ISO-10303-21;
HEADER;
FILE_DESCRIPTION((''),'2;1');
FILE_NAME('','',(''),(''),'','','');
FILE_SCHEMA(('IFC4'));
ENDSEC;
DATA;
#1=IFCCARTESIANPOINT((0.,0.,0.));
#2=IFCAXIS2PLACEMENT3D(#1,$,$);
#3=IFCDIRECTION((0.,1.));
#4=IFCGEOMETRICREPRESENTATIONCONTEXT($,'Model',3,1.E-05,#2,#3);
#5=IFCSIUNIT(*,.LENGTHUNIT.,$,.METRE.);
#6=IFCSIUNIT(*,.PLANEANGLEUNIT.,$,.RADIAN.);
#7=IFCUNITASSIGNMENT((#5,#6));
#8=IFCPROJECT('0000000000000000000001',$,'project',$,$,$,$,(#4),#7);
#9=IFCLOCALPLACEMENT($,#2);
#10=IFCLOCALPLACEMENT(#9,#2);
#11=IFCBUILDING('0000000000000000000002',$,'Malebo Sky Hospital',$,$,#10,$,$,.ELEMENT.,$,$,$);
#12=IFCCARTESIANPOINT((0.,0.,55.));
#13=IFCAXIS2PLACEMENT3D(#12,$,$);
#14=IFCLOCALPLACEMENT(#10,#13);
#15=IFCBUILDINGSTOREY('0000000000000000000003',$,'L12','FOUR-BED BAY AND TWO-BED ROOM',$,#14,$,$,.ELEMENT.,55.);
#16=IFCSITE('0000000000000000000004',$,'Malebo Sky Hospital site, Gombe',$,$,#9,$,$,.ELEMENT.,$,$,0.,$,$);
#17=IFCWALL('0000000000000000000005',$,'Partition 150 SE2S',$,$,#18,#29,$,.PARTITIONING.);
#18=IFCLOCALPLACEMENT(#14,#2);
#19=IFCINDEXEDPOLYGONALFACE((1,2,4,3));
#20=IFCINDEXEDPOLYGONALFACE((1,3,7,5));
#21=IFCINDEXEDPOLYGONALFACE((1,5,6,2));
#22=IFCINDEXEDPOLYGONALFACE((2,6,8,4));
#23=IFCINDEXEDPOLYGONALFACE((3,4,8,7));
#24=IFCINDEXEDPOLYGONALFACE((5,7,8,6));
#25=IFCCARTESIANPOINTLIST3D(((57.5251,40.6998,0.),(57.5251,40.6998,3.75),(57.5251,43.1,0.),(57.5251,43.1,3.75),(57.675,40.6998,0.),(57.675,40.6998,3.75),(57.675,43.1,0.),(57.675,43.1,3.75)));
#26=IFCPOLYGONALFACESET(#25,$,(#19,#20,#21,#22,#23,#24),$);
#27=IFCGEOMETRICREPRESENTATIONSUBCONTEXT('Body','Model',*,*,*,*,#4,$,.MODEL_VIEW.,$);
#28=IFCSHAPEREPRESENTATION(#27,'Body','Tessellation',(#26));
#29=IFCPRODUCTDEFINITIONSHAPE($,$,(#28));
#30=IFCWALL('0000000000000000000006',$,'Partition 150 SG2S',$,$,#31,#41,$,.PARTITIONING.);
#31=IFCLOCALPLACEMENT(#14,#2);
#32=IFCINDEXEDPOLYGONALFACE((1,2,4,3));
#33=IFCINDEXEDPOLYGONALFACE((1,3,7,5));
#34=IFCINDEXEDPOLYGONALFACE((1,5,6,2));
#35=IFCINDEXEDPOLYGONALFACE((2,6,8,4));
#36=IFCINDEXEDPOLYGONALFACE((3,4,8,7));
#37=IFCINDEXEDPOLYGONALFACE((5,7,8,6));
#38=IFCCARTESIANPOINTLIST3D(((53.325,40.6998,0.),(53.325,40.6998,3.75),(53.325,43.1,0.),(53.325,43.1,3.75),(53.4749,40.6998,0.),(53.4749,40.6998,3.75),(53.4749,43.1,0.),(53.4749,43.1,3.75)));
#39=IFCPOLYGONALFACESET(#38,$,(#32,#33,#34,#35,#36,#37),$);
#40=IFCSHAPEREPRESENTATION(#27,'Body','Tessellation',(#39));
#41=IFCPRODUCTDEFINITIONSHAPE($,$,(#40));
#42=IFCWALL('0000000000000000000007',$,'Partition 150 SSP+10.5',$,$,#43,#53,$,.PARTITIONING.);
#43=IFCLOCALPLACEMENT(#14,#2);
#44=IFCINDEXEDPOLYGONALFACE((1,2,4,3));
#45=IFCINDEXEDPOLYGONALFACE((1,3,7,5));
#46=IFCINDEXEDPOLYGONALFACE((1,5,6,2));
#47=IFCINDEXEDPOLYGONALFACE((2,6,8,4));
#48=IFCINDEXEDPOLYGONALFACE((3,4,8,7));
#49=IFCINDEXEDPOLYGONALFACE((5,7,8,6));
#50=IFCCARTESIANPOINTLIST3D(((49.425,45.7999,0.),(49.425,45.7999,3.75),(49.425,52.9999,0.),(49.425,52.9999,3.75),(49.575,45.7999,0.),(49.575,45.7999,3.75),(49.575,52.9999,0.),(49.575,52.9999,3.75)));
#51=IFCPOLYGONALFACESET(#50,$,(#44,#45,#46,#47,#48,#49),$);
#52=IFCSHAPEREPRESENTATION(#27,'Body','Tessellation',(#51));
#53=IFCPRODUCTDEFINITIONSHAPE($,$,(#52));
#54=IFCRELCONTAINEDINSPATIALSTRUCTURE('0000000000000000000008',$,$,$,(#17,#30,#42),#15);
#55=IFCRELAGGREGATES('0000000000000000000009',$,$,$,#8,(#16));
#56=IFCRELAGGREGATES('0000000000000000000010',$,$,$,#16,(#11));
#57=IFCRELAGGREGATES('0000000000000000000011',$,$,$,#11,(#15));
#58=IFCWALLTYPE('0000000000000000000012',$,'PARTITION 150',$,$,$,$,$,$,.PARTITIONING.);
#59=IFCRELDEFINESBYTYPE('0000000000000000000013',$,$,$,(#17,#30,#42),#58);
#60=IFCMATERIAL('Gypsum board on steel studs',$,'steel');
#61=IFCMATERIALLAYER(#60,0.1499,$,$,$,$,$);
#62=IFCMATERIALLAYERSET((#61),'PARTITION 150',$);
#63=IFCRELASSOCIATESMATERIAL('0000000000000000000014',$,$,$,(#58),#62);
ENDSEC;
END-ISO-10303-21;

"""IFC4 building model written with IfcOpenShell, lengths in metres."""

from ifc_helpers import new_model, si_unit, direction, frame, frame_2d, origin, place, context, subcontext, project, spatial, rectangle, extrude, material, layer, layer_set, type_object, element, save


model = new_model("IFC4")

# Units and contexts
model_context = context("Model", 3, precision=1e-05, world=origin(), true_north=direction((0.0, 1.0)))
body_context = subcontext(model_context, "Body", "Model", "MODEL_VIEW")
ifc_project = project(units=[si_unit("LENGTHUNIT", "METRE"), si_unit("PLANEANGLEUNIT", "RADIAN")], contexts=[model_context])

# Site, building, storey
site_placement = place(None, origin())
site = spatial("IfcSite", under=ifc_project, at=site_placement, Name="Malebo Sky Hospital site, Gombe", CompositionType="ELEMENT", RefElevation=0.0)
building_placement = place(site_placement, origin())
building = spatial("IfcBuilding", under=site, at=building_placement, Name="Malebo Sky Hospital", CompositionType="ELEMENT")
storey_placement = place(building_placement, frame((0.0, 0.0, 55.0)))
storey = spatial("IfcBuildingStorey", under=building, at=storey_placement, Name="L12", Description="FOUR-BED BAY AND TWO-BED ROOM", CompositionType="ELEMENT", Elevation=55.0)

# Shared definitions
ifc_material_1 = material(Name="Gypsum board on steel studs", Category="steel")

# Walls
ifc_layer_1 = layer(ifc_material_1, 0.1499)
ifc_layer_set_1 = layer_set([ifc_layer_1], Name="PARTITION 150")
wall_type_1 = type_object("IfcWallType", Name="PARTITION 150", PredefinedType="PARTITIONING", material=ifc_layer_set_1)
for number, where, z_axis, x_axis, name in (
    (1, (57.6001, 43.1001, 0.0), (0.0, 0.0, 1.0), (0.0, -1.0, 0.0), "Partition 150 SE2S"),
    (2, (53.3999, 43.1001, 0.0), (0.0, 0.0, 1.0), (0.0, -1.0, 0.0), "Partition 150 SG2S"),
):
    element("IfcWall", number, at=place(storey_placement, frame(where, z_axis=z_axis, x_axis=x_axis)), inside=storey, type_object=wall_type_1, Name=name, PredefinedType="PARTITIONING", context=body_context, shape_type="SweptSolid", body=[
        extrude(rectangle(XDim=2.4001, YDim=0.1499, at=frame_2d((1.2002, 0.0))), origin(), (0.0, 0.0, 1.0), 3.75),
    ])
wall_1_placement = place(storey_placement, frame((49.5, 53.0, 0.0), z_axis=(0.0, 0.0, 1.0), x_axis=(0.0, -1.0, 0.0)))
element("IfcWall", 3, at=wall_1_placement, inside=storey, type_object=wall_type_1, Name="Partition 150 SSP+10.5", PredefinedType="PARTITIONING", context=body_context, shape_type="SweptSolid", body=[
    extrude(rectangle(XDim=7.2, YDim=0.1499, at=frame_2d((3.6001, 0.0))), origin(), (0.0, 0.0, 1.0), 3.75),
])

save(model, "model.ifc")
